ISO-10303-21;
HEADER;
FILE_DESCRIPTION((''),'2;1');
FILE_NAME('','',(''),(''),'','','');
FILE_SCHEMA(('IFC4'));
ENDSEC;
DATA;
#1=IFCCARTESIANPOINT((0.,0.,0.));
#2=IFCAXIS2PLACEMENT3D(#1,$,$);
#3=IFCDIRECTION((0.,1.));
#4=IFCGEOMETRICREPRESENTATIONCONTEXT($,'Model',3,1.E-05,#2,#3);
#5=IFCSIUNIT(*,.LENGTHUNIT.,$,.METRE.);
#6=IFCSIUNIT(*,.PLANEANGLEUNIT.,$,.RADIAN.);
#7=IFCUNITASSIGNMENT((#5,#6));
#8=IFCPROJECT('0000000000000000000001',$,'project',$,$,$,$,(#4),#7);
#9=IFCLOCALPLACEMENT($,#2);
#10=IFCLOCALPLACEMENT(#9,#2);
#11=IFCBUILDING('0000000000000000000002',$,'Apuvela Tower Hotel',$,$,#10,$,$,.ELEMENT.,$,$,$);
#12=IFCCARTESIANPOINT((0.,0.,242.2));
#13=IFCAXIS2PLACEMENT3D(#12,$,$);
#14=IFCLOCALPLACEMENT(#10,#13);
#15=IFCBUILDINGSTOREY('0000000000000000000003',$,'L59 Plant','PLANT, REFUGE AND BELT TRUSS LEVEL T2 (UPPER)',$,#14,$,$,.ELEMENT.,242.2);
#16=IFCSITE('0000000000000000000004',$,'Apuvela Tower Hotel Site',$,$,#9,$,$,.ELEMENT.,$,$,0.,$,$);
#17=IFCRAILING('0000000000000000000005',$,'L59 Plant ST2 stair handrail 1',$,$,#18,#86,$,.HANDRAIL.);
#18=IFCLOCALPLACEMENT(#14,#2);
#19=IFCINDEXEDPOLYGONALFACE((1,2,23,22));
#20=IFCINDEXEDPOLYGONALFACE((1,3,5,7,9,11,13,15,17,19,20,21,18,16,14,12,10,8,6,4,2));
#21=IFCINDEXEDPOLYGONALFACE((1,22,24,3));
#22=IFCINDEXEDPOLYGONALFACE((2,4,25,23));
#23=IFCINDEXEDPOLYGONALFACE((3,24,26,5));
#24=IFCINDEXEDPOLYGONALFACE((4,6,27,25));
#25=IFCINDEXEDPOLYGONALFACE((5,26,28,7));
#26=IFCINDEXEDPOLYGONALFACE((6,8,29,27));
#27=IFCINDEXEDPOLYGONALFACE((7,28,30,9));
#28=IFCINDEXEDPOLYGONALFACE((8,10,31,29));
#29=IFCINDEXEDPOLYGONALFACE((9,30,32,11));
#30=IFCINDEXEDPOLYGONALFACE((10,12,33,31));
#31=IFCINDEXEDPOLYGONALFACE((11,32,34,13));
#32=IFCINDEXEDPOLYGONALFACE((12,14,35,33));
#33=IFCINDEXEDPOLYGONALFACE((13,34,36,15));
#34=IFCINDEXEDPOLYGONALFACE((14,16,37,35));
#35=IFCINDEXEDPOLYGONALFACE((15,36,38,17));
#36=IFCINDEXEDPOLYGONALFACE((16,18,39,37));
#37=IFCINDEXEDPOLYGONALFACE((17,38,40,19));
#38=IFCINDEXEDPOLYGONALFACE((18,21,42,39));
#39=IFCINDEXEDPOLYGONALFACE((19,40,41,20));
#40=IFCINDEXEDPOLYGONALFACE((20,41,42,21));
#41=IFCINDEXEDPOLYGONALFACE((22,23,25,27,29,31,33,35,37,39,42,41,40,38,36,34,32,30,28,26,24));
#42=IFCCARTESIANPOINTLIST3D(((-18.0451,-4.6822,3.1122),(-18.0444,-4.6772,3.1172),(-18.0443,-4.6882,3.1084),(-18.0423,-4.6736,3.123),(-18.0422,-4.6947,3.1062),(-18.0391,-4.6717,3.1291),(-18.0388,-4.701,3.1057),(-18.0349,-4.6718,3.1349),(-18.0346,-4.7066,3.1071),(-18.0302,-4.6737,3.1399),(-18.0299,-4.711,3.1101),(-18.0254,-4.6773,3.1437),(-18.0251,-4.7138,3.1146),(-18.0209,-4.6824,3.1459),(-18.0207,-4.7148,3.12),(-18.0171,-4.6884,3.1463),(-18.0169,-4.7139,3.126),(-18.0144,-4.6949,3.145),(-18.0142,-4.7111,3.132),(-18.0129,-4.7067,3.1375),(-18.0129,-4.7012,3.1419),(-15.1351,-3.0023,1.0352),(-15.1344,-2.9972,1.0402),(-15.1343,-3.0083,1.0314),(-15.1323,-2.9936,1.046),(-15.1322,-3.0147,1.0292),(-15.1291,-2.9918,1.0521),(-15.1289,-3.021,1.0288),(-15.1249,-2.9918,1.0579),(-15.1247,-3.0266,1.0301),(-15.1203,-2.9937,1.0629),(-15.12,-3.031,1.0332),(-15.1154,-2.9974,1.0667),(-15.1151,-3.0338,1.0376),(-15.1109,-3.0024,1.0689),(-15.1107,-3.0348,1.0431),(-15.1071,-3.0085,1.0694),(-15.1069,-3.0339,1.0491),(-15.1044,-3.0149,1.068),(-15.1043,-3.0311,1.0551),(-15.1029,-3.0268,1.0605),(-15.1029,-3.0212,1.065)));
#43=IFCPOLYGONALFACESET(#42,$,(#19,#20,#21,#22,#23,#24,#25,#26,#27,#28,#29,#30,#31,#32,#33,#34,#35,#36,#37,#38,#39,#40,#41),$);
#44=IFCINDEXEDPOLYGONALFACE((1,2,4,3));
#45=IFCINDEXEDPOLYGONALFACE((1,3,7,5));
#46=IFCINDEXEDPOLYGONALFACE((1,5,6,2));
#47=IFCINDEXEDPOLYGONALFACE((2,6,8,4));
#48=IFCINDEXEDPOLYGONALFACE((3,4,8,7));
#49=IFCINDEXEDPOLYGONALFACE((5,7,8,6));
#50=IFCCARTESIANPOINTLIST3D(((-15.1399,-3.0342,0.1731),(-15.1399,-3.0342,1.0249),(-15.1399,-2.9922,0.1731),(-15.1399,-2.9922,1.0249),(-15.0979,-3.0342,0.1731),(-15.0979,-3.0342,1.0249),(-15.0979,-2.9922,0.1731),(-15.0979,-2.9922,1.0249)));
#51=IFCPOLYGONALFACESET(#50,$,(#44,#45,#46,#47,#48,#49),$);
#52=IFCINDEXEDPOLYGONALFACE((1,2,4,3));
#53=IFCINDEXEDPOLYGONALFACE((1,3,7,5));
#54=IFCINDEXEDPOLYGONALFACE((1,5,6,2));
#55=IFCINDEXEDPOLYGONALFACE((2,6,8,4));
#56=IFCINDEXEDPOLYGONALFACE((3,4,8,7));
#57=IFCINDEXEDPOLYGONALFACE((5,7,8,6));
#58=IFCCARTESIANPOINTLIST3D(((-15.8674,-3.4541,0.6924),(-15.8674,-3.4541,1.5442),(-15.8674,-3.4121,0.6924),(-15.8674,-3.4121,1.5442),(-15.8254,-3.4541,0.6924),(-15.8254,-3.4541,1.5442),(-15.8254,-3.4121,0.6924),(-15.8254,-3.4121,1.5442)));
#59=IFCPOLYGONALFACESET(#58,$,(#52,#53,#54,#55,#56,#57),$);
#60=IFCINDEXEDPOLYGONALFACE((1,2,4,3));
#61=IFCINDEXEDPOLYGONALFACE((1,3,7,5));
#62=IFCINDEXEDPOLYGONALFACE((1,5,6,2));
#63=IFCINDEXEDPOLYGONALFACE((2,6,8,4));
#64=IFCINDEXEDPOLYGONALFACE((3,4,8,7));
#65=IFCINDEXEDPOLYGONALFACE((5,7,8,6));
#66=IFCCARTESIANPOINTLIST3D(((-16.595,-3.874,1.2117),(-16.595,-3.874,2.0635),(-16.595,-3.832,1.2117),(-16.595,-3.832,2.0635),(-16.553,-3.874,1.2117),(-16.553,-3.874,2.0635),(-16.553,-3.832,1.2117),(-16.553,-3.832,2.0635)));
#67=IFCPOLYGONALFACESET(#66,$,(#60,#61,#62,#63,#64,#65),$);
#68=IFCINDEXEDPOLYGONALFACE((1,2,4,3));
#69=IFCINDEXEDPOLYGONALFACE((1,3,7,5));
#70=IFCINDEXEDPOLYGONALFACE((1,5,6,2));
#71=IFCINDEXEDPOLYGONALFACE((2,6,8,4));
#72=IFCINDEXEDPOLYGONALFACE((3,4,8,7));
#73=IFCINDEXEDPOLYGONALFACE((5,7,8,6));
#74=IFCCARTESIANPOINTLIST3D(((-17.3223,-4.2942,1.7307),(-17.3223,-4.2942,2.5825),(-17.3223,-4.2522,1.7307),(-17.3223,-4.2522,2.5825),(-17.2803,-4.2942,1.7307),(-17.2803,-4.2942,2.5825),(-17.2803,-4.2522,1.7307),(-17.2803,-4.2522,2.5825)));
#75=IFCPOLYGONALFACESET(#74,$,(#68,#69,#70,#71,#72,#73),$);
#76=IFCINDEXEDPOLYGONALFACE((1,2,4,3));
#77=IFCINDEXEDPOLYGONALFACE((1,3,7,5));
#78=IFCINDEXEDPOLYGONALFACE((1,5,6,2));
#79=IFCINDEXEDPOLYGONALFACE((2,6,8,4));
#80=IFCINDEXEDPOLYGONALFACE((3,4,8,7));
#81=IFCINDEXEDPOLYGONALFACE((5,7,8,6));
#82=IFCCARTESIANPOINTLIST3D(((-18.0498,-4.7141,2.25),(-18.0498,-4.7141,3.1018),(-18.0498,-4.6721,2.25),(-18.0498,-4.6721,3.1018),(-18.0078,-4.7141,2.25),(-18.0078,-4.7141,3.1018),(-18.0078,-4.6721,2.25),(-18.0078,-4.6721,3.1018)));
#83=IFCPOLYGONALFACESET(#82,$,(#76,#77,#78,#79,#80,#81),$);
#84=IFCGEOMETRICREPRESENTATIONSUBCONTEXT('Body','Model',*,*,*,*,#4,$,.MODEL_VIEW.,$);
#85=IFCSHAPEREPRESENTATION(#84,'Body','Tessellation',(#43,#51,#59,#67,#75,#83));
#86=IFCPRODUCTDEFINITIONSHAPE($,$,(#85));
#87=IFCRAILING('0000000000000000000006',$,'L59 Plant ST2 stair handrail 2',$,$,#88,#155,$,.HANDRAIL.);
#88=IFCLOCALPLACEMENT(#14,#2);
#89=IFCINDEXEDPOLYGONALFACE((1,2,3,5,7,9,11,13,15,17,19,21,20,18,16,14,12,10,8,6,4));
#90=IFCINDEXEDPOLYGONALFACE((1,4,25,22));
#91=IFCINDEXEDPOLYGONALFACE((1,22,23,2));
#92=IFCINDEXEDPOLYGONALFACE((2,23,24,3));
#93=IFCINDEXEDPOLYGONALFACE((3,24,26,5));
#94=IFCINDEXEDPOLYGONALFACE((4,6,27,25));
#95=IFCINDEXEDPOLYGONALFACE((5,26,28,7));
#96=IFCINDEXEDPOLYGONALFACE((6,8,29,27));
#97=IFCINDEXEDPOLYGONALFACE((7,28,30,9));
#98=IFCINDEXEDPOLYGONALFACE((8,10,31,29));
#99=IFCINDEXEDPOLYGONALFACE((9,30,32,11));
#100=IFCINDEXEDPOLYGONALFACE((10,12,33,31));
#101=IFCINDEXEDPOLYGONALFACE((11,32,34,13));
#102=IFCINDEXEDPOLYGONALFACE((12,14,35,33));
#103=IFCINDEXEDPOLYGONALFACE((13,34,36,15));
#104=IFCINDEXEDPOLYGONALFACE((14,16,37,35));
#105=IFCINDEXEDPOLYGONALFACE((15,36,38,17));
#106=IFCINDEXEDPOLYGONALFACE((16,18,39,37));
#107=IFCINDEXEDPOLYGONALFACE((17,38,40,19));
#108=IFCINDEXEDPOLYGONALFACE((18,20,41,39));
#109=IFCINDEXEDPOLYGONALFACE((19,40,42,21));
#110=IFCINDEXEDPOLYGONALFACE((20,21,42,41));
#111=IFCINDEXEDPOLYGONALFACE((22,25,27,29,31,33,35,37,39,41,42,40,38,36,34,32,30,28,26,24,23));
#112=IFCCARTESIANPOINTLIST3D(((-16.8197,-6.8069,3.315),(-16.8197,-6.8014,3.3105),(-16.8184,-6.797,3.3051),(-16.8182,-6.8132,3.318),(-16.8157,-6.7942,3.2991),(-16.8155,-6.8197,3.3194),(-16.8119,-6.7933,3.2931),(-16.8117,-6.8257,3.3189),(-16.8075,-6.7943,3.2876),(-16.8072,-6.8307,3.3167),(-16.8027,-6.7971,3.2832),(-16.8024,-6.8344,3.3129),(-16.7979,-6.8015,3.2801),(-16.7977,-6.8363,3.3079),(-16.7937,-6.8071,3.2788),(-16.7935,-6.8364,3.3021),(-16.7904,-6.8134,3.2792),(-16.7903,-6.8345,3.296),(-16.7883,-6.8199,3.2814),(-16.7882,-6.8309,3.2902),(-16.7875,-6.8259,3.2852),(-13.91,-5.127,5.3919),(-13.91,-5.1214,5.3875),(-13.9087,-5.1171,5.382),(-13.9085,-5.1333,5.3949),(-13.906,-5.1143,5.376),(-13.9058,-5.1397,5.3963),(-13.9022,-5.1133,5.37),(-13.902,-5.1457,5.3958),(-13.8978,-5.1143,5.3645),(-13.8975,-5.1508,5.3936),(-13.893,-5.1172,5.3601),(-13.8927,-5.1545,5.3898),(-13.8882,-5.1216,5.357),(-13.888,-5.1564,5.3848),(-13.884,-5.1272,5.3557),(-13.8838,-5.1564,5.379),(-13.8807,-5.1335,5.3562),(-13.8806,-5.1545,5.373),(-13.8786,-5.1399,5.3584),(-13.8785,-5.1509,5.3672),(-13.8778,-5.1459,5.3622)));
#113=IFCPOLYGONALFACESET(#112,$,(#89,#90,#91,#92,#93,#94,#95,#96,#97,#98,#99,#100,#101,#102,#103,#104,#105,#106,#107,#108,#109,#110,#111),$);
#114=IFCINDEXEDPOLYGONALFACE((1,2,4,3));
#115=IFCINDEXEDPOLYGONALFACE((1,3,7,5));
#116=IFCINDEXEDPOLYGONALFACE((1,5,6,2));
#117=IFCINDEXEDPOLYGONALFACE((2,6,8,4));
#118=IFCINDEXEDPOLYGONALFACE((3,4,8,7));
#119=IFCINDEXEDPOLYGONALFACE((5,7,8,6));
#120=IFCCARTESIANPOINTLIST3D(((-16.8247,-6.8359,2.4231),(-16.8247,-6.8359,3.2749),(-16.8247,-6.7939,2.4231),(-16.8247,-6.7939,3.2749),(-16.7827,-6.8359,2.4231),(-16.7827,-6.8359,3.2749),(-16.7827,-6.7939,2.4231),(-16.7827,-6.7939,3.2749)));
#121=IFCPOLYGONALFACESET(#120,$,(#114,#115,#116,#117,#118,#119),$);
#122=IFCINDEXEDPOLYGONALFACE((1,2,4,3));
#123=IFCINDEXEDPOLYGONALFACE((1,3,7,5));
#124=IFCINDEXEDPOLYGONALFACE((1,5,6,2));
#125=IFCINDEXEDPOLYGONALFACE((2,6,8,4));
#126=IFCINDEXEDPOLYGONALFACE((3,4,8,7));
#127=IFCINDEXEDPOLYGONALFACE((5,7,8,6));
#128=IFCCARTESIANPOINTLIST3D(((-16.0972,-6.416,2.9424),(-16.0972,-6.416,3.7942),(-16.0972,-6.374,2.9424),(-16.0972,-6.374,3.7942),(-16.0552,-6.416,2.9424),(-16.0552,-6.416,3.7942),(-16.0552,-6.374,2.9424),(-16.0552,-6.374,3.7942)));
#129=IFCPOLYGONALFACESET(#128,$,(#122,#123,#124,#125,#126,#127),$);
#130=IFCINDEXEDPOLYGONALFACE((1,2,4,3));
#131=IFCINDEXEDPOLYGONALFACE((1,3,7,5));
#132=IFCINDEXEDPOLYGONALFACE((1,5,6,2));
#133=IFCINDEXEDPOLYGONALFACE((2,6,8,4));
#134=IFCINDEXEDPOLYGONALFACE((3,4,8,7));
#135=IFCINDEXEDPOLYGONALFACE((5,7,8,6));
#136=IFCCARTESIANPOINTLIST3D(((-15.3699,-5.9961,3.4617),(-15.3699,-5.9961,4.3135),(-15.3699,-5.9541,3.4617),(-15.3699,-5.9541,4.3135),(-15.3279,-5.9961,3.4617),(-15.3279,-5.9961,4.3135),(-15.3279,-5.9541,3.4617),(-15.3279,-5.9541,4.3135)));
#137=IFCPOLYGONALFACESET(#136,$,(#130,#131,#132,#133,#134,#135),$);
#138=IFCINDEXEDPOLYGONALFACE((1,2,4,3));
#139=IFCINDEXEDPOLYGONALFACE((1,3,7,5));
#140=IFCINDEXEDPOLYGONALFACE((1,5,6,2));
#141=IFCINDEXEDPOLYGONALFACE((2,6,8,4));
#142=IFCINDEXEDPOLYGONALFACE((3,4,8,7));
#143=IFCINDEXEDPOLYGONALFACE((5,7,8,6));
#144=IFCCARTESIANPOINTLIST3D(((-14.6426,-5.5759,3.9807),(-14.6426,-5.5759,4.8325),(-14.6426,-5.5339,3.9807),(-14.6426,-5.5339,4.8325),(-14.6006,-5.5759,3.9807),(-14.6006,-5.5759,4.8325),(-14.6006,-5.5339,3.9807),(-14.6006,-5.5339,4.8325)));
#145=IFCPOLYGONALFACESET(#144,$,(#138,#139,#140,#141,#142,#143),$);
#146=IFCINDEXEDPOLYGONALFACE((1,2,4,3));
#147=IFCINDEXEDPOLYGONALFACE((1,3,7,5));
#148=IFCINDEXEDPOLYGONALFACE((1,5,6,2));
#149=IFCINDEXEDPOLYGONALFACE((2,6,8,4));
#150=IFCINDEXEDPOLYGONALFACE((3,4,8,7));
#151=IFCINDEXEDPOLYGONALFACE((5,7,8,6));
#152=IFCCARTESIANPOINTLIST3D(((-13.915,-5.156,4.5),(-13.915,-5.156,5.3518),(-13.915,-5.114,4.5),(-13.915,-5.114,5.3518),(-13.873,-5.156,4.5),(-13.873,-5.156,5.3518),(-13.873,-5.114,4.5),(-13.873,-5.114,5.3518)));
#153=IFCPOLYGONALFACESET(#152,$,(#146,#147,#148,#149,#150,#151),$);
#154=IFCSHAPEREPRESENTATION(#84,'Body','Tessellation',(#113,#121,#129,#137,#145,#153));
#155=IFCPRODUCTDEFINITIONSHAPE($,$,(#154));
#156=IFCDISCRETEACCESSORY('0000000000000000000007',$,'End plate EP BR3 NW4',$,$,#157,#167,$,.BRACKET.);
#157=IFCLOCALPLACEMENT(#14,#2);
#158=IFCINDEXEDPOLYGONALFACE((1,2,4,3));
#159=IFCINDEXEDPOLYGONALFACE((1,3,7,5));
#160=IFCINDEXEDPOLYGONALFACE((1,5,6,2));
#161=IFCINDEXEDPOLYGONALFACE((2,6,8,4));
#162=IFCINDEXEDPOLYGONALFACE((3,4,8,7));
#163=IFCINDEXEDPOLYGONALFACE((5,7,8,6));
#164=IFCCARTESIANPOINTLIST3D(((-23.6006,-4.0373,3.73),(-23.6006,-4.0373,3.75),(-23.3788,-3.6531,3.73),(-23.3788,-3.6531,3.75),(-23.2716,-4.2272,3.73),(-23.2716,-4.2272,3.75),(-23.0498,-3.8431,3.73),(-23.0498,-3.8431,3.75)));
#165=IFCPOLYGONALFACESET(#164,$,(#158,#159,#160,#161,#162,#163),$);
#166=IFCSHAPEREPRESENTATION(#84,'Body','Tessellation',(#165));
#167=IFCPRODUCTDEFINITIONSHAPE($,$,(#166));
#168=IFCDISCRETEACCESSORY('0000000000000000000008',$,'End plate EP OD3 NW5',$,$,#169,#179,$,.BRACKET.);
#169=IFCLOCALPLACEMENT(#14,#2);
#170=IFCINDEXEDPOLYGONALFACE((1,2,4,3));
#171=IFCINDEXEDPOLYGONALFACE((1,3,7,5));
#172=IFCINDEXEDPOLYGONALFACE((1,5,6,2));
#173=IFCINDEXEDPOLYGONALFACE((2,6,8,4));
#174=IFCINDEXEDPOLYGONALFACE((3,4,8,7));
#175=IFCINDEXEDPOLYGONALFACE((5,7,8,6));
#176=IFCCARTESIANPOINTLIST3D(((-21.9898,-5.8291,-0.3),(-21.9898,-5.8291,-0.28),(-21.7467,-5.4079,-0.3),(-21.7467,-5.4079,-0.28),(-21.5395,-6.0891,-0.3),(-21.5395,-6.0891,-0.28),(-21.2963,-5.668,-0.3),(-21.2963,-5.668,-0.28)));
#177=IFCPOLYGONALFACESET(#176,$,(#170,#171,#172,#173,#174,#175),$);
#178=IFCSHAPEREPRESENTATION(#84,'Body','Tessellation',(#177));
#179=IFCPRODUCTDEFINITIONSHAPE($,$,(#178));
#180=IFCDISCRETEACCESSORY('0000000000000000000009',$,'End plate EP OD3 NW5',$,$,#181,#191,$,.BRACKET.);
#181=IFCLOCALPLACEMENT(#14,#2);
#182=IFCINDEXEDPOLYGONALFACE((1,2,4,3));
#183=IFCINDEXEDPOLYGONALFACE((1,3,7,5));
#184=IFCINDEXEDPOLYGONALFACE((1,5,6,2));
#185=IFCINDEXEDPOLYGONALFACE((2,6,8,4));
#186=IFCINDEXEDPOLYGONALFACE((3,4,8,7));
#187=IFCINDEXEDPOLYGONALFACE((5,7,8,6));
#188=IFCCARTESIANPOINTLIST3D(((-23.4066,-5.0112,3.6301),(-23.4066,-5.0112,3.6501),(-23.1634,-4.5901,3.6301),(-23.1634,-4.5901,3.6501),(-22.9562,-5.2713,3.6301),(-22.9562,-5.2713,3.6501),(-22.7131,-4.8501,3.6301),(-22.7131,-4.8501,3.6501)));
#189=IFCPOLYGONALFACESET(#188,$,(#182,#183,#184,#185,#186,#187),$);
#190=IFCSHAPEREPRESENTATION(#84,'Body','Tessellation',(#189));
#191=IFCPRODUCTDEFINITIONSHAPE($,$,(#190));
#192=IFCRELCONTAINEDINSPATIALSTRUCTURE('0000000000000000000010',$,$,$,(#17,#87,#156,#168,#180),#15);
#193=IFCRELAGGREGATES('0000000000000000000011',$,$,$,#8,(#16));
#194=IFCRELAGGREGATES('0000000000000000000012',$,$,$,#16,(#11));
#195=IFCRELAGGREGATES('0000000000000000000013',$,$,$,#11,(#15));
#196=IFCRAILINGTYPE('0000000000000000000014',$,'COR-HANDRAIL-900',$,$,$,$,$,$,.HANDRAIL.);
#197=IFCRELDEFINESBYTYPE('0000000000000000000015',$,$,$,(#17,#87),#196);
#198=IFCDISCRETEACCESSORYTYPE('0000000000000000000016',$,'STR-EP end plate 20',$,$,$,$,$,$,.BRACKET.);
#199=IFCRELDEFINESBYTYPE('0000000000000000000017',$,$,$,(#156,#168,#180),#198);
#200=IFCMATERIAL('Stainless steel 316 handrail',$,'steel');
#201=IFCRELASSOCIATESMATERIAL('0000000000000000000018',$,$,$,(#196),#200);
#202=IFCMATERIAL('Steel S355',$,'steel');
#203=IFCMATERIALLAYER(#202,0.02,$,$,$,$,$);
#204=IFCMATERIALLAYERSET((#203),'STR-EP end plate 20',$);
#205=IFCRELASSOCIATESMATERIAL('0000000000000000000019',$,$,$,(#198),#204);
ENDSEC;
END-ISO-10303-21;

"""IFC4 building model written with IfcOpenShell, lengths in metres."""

from ifc_helpers import new_model, si_unit, direction, frame, origin, origin_2d, place, context, subcontext, project, spatial, rectangle, circle, extrude, material, layer, layer_set, type_object, element, save


model = new_model("IFC4")

# Units and contexts
model_context = context("Model", 3, precision=1e-05, world=origin(), true_north=direction((0.0, 1.0)))
body_context = subcontext(model_context, "Body", "Model", "MODEL_VIEW")
ifc_project = project(units=[si_unit("LENGTHUNIT", "METRE"), si_unit("PLANEANGLEUNIT", "RADIAN")], contexts=[model_context])

# Site, building, storey
site_placement = place(None, origin())
site = spatial("IfcSite", under=ifc_project, at=site_placement, Name="Apuvela Tower Hotel Site", CompositionType="ELEMENT", RefElevation=0.0)
building_placement = place(site_placement, origin())
building = spatial("IfcBuilding", under=site, at=building_placement, Name="Apuvela Tower Hotel", CompositionType="ELEMENT")
storey_placement = place(building_placement, frame((0.0, 0.0, 242.2)))
storey = spatial("IfcBuildingStorey", under=building, at=storey_placement, Name="L59 Plant", Description="PLANT, REFUGE AND BELT TRUSS LEVEL T2 (UPPER)", CompositionType="ELEMENT", Elevation=242.2)

# Shared definitions
ifc_material_1 = material(Name="Steel S355", Category="steel")

# Railings
ifc_material_2 = material(Name="Stainless steel 316 handrail", Category="steel")
railing_type_1 = type_object("IfcRailingType", Name="COR-HANDRAIL-900", PredefinedType="HANDRAIL", material=ifc_material_2)
railing_1_placement = place(storey_placement, frame((-15.1189, -3.0132, 0.1731)))
element("IfcRailing", 1, at=railing_1_placement, inside=storey, type_object=railing_type_1, Name="L59 Plant ST2 stair handrail 1", PredefinedType="HANDRAIL", context=body_context, shape_type="SweptSolid", body=[
    extrude(circle(Radius=0.0239, at=origin_2d()), frame((0.0, 0.0, 0.876), z_axis=(-0.736668, -0.425288, 0.525785), x_axis=(0.499976, -0.866039, 0.0)), (0.0, 0.0, 1.0), 3.9502),
    extrude(rectangle(XDim=0.042, YDim=0.042, at=origin_2d()), origin(), (0.0, 0.0, 1.0), 0.8518),
    extrude(rectangle(XDim=0.042, YDim=0.042, at=origin_2d()), frame((-0.7275, -0.4199, 0.5193)), (0.0, 0.0, 1.0), 0.8518),
    extrude(rectangle(XDim=0.042, YDim=0.042, at=origin_2d()), frame((-1.4551, -0.8398, 1.0386)), (0.0, 0.0, 1.0), 0.8518),
    extrude(rectangle(XDim=0.042, YDim=0.042, at=origin_2d()), frame((-2.1824, -1.26, 1.5576)), (0.0, 0.0, 1.0), 0.8518),
    extrude(rectangle(XDim=0.042, YDim=0.042, at=origin_2d()), frame((-2.9099, -1.6799, 2.0769)), (0.0, 0.0, 1.0), 0.8518),
])
railing_2_placement = place(storey_placement, frame((-16.8037, -6.8149, 2.4231)))
element("IfcRailing", 2, at=railing_2_placement, inside=storey, type_object=railing_type_1, Name="L59 Plant ST2 stair handrail 2", PredefinedType="HANDRAIL", context=body_context, shape_type="SweptSolid", body=[
    extrude(circle(Radius=0.0239, at=origin_2d()), frame((0.0, 0.0, 0.876), z_axis=(0.73664, 0.425308, 0.525809), x_axis=(-0.500008, 0.866021, 0.0)), (0.0, 0.0, 1.0), 3.95),
    extrude(rectangle(XDim=0.042, YDim=0.042, at=origin_2d()), origin(), (0.0, 0.0, 1.0), 0.8518),
    extrude(rectangle(XDim=0.042, YDim=0.042, at=origin_2d()), frame((0.7275, 0.4199, 0.5193)), (0.0, 0.0, 1.0), 0.8518),
    extrude(rectangle(XDim=0.042, YDim=0.042, at=origin_2d()), frame((1.4548, 0.8398, 1.0386)), (0.0, 0.0, 1.0), 0.8518),
    extrude(rectangle(XDim=0.042, YDim=0.042, at=origin_2d()), frame((2.1821, 1.26, 1.5576)), (0.0, 0.0, 1.0), 0.8518),
    extrude(rectangle(XDim=0.042, YDim=0.042, at=origin_2d()), frame((2.9097, 1.6799, 2.0769)), (0.0, 0.0, 1.0), 0.8518),
])

# Discrete accessories
ifc_layer_1 = layer(ifc_material_1, 0.02)
ifc_layer_set_1 = layer_set([ifc_layer_1], Name="STR-EP end plate 20")
discrete_accessory_type = type_object("IfcDiscreteAccessoryType", Name="STR-EP end plate 20", PredefinedType="BRACKET", material=ifc_layer_set_1)
discrete_accessory_placement = place(storey_placement, frame((-23.3252, -3.9402, 3.73), z_axis=(0.0, 0.0, 1.0), x_axis=(-0.5, -0.866025, 0.0)))
element("IfcDiscreteAccessory", 3, at=discrete_accessory_placement, inside=storey, type_object=discrete_accessory_type, Name="End plate EP BR3 NW4", PredefinedType="BRACKET", context=body_context, shape_type="SweptSolid", body=[
    extrude(rectangle(XDim=0.4436, YDim=0.3799, at=origin_2d()), origin(), (0.0, 0.0, 1.0), 0.02),
])
for number, where, z_axis, x_axis, name in (
    (4, (-21.6431, -5.7485, -0.3), (0.0, 0.0, 1.0), (-0.866025, 0.5, 0.0), "End plate EP OD3 NW5"),
    (5, (-23.0598, -4.9307, 3.6301), (0.0, 0.0, 1.0), (-0.866025, 0.5, 0.0), "End plate EP OD3 NW5"),
):
    element("IfcDiscreteAccessory", number, at=place(storey_placement, frame(where, z_axis=z_axis, x_axis=x_axis)), inside=storey, type_object=discrete_accessory_type, Name=name, PredefinedType="BRACKET", context=body_context, shape_type="SweptSolid", body=[
        extrude(rectangle(XDim=0.52, YDim=0.4863, at=origin_2d()), origin(), (0.0, 0.0, 1.0), 0.02),
    ])

save(model, "model.ifc")
